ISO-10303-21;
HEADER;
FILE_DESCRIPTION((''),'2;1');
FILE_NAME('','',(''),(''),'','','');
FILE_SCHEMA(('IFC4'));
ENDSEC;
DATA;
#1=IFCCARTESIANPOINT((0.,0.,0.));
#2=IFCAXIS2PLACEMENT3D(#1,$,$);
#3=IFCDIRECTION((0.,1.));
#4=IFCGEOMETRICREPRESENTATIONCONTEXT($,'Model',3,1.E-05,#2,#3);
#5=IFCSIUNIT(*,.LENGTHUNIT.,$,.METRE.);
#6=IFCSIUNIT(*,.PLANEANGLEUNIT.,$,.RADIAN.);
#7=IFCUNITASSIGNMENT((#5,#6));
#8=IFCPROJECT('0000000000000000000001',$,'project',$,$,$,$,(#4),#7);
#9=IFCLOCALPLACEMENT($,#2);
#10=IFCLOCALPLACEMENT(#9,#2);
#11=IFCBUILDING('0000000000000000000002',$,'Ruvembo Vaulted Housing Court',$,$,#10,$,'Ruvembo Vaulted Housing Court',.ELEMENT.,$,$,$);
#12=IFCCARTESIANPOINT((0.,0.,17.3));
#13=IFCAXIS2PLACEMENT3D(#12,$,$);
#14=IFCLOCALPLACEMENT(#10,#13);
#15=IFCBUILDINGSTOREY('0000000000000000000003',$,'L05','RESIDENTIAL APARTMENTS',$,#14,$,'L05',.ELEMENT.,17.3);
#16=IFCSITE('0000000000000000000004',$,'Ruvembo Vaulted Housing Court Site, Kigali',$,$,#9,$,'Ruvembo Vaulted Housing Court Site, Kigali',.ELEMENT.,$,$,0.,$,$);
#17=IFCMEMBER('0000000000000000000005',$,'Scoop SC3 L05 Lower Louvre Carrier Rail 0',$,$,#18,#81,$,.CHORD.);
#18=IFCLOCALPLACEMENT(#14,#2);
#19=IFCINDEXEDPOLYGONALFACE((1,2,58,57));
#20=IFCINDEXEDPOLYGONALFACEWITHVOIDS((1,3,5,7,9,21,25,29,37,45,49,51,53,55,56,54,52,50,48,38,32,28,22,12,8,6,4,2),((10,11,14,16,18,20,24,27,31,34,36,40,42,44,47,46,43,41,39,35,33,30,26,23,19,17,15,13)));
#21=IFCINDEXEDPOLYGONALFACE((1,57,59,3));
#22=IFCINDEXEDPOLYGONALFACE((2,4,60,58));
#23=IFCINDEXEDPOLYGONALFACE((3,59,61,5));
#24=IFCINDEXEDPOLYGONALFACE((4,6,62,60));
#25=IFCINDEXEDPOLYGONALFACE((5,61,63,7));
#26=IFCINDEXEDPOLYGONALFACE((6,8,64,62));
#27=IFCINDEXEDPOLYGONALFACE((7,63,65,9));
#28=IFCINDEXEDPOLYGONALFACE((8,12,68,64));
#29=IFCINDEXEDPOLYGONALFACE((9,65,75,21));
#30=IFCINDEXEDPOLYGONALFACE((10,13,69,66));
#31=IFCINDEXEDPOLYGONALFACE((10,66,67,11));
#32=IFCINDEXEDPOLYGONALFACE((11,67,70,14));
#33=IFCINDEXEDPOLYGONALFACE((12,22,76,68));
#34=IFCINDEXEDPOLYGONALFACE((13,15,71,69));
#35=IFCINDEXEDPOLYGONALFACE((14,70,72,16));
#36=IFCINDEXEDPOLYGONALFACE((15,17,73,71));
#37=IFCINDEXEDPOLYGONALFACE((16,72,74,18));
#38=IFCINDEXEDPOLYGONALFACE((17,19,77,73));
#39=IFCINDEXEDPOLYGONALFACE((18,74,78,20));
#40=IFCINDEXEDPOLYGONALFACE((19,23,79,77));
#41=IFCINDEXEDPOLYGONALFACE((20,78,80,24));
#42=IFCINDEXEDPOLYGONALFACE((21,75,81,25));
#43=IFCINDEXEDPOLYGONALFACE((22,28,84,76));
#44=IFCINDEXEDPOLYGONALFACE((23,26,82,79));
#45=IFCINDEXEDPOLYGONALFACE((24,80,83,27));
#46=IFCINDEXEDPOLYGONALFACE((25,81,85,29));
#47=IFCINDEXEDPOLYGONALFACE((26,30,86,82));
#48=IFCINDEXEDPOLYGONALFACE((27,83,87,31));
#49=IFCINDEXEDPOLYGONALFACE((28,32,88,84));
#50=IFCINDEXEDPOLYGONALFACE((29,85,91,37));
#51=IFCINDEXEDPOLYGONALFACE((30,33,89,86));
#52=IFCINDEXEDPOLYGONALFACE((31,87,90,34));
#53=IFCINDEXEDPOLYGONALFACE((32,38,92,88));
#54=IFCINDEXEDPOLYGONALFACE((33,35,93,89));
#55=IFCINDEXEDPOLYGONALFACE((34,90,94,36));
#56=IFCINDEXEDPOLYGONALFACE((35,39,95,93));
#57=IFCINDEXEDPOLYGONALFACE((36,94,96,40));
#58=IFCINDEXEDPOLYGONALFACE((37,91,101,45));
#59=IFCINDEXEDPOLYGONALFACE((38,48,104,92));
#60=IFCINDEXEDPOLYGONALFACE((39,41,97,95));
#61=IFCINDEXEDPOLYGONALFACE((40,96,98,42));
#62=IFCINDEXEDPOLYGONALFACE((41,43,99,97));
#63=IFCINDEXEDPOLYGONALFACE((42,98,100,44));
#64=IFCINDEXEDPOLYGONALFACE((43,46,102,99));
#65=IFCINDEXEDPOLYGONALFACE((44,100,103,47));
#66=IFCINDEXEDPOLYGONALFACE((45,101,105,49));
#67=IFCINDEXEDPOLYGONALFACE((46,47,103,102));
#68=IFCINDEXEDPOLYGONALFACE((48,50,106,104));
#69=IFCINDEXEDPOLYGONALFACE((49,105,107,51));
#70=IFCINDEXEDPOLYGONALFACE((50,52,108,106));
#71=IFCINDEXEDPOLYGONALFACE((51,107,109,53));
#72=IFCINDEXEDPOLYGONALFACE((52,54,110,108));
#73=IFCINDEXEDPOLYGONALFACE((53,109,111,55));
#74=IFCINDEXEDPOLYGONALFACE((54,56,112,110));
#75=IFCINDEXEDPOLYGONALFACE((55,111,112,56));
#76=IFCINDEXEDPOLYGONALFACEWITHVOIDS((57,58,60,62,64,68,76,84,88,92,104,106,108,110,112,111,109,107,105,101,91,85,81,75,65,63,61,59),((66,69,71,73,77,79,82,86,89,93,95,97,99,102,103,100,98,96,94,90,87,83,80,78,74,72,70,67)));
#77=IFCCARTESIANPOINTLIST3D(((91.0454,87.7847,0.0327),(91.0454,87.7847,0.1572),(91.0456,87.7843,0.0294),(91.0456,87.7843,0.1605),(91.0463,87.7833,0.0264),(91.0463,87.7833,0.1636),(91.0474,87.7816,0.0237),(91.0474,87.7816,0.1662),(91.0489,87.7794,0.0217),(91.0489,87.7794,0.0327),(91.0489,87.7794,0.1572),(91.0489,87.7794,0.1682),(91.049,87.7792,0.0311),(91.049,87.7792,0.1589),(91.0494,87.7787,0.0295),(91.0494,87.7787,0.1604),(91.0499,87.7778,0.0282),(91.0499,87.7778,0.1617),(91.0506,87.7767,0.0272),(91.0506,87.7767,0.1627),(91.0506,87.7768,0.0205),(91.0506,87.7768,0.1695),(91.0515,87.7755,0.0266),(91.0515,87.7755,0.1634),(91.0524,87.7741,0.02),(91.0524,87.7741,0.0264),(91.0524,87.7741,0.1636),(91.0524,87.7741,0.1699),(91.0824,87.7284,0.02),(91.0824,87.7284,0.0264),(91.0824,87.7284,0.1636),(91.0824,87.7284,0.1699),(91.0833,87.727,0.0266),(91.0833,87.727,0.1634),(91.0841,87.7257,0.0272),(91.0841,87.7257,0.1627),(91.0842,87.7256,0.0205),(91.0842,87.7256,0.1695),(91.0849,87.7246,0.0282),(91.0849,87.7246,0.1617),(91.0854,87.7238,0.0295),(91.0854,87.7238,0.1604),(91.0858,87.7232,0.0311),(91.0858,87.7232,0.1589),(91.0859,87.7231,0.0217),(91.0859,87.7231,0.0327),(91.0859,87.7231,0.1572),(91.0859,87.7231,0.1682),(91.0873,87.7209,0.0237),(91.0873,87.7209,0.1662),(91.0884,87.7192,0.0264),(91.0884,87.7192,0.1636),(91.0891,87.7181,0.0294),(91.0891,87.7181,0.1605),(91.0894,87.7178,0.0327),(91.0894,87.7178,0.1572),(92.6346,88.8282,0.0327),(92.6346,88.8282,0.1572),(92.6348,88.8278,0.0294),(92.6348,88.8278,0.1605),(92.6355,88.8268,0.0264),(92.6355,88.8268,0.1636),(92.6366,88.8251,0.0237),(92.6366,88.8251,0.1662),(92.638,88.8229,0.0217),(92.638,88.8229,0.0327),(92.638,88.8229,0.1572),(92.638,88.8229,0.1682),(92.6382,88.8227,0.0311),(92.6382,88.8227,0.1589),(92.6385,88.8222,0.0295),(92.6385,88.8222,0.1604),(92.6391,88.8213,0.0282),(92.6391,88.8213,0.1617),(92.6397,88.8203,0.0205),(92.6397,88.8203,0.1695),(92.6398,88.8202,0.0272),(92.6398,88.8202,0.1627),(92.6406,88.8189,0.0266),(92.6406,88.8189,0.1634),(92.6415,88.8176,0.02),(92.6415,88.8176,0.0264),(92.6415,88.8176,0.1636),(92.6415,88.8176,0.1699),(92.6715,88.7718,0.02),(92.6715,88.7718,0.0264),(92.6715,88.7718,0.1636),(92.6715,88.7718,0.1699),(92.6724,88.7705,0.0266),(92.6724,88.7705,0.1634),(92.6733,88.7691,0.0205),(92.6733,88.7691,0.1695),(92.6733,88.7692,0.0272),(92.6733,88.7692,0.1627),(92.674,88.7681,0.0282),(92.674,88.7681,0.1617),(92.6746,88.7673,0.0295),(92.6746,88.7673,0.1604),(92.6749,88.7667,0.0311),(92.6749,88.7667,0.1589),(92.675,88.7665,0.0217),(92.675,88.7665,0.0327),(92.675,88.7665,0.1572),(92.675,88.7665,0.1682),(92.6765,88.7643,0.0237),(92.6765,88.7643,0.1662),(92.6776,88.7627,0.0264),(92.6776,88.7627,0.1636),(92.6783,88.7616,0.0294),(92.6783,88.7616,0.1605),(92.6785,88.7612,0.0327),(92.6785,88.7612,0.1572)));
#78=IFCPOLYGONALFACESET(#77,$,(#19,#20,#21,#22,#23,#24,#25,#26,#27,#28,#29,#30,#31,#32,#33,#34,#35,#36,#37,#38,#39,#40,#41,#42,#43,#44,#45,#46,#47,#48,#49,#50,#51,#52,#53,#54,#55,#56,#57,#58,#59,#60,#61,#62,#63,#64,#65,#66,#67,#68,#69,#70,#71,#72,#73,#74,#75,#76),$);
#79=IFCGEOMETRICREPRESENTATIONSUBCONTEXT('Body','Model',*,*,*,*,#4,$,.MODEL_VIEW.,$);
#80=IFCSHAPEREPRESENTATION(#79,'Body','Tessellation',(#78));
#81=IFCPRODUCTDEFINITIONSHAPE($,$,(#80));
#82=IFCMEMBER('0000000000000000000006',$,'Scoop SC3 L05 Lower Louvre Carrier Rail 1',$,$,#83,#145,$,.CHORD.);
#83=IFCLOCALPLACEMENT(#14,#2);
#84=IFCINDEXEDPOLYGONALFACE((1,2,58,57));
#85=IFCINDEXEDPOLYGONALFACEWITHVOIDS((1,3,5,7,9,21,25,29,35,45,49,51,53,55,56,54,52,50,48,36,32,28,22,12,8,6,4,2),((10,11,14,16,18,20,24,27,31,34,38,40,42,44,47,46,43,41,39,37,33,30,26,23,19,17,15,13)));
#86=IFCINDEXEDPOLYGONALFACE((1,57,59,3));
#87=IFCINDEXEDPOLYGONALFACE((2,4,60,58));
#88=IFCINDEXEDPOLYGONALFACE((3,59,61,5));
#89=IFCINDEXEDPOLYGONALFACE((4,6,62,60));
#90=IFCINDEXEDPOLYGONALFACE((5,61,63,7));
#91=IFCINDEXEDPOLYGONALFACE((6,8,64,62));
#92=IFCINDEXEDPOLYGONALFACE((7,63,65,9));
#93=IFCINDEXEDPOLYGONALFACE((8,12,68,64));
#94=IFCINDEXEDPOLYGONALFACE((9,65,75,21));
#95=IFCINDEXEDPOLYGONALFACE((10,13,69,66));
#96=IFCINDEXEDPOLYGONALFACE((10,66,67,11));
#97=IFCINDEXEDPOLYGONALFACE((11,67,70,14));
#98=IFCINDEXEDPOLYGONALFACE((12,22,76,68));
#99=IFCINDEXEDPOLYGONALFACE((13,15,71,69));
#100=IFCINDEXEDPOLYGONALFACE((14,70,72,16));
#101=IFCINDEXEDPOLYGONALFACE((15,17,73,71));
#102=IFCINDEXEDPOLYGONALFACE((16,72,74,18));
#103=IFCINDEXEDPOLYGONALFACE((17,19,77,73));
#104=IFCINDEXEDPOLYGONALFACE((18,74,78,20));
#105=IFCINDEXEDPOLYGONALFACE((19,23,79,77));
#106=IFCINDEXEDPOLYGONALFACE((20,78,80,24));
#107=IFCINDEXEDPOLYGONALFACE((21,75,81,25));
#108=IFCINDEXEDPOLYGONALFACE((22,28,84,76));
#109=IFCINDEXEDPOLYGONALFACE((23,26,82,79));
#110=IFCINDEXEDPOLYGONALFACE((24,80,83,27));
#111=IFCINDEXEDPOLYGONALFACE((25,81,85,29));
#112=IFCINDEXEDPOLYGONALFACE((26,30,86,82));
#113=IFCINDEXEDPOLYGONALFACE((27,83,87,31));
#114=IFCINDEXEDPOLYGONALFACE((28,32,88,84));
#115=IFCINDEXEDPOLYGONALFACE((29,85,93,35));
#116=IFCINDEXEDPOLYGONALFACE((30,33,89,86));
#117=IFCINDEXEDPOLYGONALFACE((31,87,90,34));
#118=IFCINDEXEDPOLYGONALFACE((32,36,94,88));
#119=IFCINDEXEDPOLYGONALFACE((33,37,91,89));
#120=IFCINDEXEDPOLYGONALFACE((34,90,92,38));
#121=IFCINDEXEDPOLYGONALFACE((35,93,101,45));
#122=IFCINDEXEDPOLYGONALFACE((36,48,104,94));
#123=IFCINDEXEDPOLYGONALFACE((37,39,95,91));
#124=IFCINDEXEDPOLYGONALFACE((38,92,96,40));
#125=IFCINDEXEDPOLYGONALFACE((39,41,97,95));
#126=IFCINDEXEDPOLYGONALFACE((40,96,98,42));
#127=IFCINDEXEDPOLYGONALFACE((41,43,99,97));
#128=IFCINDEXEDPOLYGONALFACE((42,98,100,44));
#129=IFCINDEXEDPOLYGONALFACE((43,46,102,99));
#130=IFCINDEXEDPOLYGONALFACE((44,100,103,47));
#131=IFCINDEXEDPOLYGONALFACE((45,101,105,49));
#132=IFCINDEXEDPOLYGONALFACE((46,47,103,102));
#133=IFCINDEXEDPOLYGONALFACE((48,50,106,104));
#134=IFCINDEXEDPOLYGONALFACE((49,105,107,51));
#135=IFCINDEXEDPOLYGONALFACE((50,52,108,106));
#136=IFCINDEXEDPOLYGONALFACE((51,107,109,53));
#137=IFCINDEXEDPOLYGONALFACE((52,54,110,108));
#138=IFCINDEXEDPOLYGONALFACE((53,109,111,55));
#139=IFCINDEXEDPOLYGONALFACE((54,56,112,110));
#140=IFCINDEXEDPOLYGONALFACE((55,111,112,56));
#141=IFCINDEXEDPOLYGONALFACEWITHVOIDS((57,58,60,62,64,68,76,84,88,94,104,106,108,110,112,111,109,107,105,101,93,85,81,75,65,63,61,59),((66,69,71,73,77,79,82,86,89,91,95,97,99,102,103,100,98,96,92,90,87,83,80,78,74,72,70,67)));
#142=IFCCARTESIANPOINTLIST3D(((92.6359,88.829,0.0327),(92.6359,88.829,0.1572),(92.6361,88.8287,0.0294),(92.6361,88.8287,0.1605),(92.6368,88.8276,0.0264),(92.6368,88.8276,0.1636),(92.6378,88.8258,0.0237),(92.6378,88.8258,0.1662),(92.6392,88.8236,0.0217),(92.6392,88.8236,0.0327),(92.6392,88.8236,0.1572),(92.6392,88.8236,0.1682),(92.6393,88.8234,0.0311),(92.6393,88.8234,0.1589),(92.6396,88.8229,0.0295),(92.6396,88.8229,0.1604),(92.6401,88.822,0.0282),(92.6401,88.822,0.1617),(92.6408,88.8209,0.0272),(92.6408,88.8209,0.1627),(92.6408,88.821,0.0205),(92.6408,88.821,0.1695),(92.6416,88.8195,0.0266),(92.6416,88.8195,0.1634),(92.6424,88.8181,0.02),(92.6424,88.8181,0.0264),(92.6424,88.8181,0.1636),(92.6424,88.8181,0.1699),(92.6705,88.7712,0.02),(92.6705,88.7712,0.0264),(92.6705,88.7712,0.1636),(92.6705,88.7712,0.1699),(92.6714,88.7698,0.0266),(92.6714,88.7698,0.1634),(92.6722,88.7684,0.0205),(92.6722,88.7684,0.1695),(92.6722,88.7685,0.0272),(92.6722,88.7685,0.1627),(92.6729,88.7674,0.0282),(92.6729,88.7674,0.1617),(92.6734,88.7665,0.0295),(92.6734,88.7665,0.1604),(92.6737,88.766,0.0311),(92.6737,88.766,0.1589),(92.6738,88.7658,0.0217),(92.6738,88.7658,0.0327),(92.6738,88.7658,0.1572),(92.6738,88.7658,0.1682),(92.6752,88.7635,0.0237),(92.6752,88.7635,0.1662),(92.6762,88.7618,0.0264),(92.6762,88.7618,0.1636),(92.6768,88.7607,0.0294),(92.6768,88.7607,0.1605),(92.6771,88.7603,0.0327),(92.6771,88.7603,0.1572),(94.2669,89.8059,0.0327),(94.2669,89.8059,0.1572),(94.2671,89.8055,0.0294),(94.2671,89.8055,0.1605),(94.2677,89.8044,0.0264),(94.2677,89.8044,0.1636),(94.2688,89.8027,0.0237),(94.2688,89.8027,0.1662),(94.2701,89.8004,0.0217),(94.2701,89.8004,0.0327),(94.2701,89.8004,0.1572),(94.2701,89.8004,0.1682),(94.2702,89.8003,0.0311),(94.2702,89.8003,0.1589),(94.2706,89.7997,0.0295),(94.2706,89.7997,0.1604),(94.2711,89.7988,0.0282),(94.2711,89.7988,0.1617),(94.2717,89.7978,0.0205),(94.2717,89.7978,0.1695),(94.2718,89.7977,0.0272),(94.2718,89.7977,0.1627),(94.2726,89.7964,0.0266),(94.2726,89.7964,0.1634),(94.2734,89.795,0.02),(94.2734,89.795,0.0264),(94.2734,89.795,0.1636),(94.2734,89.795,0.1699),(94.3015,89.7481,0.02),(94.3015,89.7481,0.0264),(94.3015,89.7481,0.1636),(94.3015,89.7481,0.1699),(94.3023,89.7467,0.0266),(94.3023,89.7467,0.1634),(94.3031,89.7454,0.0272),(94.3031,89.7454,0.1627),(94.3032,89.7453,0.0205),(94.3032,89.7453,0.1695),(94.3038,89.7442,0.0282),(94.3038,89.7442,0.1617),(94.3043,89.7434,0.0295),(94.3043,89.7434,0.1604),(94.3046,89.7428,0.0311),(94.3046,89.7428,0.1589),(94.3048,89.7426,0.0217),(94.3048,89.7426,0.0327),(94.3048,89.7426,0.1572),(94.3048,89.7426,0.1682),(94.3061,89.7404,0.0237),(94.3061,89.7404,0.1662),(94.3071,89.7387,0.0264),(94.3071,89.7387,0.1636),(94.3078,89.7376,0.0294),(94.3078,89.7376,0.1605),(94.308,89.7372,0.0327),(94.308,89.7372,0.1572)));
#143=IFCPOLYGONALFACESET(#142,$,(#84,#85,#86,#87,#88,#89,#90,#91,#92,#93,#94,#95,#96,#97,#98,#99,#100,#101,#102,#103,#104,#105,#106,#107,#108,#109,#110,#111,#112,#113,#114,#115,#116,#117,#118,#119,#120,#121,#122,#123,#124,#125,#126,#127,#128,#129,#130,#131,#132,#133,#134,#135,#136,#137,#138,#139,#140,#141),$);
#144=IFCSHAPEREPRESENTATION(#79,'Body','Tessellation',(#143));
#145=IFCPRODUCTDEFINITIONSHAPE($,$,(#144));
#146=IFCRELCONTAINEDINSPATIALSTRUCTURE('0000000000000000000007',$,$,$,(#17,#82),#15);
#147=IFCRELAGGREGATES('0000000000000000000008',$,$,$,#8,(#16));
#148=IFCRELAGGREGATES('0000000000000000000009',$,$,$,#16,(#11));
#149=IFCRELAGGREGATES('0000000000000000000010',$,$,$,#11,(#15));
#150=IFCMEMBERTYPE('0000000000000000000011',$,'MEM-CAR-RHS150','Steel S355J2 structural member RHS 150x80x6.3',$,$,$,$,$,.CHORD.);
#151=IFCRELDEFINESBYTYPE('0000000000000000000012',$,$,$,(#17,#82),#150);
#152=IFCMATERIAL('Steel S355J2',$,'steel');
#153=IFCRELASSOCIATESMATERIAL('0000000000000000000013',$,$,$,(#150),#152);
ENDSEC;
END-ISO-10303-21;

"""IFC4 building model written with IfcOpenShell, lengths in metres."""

from ifc_helpers import new_model, si_unit, direction, frame, origin, origin_2d, place, context, subcontext, project, spatial, hollow_rectangle, extrude, material, material_profile, profile_set, type_object, element, save


model = new_model("IFC4")

# Units and contexts
model_context = context("Model", 3, precision=1e-05, world=origin(), true_north=direction((0.0, 1.0)))
body_context = subcontext(model_context, "Body", "Model", "MODEL_VIEW")
ifc_project = project(units=[si_unit("LENGTHUNIT", "METRE"), si_unit("PLANEANGLEUNIT", "RADIAN")], contexts=[model_context])

# Site, building, storey
site_placement = place(None, origin())
site = spatial("IfcSite", under=ifc_project, at=site_placement, Name="Ruvembo Vaulted Housing Court Site, Kigali", LongName="Ruvembo Vaulted Housing Court Site, Kigali", CompositionType="ELEMENT", RefElevation=0.0)
building_placement = place(site_placement, origin())
building = spatial("IfcBuilding", under=site, at=building_placement, Name="Ruvembo Vaulted Housing Court", LongName="Ruvembo Vaulted Housing Court", CompositionType="ELEMENT")
storey_placement = place(building_placement, frame((0.0, 0.0, 17.3)))
storey = spatial("IfcBuildingStorey", under=building, at=storey_placement, Name="L05", Description="RESIDENTIAL APARTMENTS", LongName="L05", CompositionType="ELEMENT", Elevation=17.3)

# Shared definitions
ifc_material_1 = material(Name="Steel S355J2", Category="steel")

# Members
ifc_material_profile_1 = material_profile(ifc_material_1, hollow_rectangle(XDim=0.0801, YDim=0.1499, WallThickness=0.0063, InnerFilletRadius=0.0063, OuterFilletRadius=0.0127, at=origin_2d()), Name="RHS 150x80x6.3")
ifc_profile_set_1 = profile_set([ifc_material_profile_1], Name="Steel S355J2")
member_type_1 = type_object("IfcMemberType", Name="MEM-CAR-RHS150", Description="Steel S355J2 structural member RHS 150x80x6.3", PredefinedType="CHORD", material=ifc_profile_set_1)
for number, where, z_axis, x_axis, name in (
    (1, (91.0674, 87.7512, 0.095), (0.835902, 0.548878, 0.0), (-0.548878, 0.835902, 0.0), "Scoop SC3 L05 Lower Louvre Carrier Rail 0"),
    (2, (92.6565, 88.7947, 0.095), (0.857889, 0.513835, 0.0), (-0.513835, 0.857889, 0.0), "Scoop SC3 L05 Lower Louvre Carrier Rail 1"),
):
    element("IfcMember", number, at=place(storey_placement, frame(where, z_axis=z_axis, x_axis=x_axis)), inside=storey, type_object=member_type_1, Name=name, PredefinedType="CHORD", context=body_context, shape_type="SweptSolid", body=[
        extrude(hollow_rectangle(XDim=0.0801, YDim=0.1499, WallThickness=0.0063, InnerFilletRadius=0.0063, OuterFilletRadius=0.0127, at=origin_2d()), origin(), (0.0, 0.0, 1.0), 1.9011),
    ])

save(model, "model.ifc")
